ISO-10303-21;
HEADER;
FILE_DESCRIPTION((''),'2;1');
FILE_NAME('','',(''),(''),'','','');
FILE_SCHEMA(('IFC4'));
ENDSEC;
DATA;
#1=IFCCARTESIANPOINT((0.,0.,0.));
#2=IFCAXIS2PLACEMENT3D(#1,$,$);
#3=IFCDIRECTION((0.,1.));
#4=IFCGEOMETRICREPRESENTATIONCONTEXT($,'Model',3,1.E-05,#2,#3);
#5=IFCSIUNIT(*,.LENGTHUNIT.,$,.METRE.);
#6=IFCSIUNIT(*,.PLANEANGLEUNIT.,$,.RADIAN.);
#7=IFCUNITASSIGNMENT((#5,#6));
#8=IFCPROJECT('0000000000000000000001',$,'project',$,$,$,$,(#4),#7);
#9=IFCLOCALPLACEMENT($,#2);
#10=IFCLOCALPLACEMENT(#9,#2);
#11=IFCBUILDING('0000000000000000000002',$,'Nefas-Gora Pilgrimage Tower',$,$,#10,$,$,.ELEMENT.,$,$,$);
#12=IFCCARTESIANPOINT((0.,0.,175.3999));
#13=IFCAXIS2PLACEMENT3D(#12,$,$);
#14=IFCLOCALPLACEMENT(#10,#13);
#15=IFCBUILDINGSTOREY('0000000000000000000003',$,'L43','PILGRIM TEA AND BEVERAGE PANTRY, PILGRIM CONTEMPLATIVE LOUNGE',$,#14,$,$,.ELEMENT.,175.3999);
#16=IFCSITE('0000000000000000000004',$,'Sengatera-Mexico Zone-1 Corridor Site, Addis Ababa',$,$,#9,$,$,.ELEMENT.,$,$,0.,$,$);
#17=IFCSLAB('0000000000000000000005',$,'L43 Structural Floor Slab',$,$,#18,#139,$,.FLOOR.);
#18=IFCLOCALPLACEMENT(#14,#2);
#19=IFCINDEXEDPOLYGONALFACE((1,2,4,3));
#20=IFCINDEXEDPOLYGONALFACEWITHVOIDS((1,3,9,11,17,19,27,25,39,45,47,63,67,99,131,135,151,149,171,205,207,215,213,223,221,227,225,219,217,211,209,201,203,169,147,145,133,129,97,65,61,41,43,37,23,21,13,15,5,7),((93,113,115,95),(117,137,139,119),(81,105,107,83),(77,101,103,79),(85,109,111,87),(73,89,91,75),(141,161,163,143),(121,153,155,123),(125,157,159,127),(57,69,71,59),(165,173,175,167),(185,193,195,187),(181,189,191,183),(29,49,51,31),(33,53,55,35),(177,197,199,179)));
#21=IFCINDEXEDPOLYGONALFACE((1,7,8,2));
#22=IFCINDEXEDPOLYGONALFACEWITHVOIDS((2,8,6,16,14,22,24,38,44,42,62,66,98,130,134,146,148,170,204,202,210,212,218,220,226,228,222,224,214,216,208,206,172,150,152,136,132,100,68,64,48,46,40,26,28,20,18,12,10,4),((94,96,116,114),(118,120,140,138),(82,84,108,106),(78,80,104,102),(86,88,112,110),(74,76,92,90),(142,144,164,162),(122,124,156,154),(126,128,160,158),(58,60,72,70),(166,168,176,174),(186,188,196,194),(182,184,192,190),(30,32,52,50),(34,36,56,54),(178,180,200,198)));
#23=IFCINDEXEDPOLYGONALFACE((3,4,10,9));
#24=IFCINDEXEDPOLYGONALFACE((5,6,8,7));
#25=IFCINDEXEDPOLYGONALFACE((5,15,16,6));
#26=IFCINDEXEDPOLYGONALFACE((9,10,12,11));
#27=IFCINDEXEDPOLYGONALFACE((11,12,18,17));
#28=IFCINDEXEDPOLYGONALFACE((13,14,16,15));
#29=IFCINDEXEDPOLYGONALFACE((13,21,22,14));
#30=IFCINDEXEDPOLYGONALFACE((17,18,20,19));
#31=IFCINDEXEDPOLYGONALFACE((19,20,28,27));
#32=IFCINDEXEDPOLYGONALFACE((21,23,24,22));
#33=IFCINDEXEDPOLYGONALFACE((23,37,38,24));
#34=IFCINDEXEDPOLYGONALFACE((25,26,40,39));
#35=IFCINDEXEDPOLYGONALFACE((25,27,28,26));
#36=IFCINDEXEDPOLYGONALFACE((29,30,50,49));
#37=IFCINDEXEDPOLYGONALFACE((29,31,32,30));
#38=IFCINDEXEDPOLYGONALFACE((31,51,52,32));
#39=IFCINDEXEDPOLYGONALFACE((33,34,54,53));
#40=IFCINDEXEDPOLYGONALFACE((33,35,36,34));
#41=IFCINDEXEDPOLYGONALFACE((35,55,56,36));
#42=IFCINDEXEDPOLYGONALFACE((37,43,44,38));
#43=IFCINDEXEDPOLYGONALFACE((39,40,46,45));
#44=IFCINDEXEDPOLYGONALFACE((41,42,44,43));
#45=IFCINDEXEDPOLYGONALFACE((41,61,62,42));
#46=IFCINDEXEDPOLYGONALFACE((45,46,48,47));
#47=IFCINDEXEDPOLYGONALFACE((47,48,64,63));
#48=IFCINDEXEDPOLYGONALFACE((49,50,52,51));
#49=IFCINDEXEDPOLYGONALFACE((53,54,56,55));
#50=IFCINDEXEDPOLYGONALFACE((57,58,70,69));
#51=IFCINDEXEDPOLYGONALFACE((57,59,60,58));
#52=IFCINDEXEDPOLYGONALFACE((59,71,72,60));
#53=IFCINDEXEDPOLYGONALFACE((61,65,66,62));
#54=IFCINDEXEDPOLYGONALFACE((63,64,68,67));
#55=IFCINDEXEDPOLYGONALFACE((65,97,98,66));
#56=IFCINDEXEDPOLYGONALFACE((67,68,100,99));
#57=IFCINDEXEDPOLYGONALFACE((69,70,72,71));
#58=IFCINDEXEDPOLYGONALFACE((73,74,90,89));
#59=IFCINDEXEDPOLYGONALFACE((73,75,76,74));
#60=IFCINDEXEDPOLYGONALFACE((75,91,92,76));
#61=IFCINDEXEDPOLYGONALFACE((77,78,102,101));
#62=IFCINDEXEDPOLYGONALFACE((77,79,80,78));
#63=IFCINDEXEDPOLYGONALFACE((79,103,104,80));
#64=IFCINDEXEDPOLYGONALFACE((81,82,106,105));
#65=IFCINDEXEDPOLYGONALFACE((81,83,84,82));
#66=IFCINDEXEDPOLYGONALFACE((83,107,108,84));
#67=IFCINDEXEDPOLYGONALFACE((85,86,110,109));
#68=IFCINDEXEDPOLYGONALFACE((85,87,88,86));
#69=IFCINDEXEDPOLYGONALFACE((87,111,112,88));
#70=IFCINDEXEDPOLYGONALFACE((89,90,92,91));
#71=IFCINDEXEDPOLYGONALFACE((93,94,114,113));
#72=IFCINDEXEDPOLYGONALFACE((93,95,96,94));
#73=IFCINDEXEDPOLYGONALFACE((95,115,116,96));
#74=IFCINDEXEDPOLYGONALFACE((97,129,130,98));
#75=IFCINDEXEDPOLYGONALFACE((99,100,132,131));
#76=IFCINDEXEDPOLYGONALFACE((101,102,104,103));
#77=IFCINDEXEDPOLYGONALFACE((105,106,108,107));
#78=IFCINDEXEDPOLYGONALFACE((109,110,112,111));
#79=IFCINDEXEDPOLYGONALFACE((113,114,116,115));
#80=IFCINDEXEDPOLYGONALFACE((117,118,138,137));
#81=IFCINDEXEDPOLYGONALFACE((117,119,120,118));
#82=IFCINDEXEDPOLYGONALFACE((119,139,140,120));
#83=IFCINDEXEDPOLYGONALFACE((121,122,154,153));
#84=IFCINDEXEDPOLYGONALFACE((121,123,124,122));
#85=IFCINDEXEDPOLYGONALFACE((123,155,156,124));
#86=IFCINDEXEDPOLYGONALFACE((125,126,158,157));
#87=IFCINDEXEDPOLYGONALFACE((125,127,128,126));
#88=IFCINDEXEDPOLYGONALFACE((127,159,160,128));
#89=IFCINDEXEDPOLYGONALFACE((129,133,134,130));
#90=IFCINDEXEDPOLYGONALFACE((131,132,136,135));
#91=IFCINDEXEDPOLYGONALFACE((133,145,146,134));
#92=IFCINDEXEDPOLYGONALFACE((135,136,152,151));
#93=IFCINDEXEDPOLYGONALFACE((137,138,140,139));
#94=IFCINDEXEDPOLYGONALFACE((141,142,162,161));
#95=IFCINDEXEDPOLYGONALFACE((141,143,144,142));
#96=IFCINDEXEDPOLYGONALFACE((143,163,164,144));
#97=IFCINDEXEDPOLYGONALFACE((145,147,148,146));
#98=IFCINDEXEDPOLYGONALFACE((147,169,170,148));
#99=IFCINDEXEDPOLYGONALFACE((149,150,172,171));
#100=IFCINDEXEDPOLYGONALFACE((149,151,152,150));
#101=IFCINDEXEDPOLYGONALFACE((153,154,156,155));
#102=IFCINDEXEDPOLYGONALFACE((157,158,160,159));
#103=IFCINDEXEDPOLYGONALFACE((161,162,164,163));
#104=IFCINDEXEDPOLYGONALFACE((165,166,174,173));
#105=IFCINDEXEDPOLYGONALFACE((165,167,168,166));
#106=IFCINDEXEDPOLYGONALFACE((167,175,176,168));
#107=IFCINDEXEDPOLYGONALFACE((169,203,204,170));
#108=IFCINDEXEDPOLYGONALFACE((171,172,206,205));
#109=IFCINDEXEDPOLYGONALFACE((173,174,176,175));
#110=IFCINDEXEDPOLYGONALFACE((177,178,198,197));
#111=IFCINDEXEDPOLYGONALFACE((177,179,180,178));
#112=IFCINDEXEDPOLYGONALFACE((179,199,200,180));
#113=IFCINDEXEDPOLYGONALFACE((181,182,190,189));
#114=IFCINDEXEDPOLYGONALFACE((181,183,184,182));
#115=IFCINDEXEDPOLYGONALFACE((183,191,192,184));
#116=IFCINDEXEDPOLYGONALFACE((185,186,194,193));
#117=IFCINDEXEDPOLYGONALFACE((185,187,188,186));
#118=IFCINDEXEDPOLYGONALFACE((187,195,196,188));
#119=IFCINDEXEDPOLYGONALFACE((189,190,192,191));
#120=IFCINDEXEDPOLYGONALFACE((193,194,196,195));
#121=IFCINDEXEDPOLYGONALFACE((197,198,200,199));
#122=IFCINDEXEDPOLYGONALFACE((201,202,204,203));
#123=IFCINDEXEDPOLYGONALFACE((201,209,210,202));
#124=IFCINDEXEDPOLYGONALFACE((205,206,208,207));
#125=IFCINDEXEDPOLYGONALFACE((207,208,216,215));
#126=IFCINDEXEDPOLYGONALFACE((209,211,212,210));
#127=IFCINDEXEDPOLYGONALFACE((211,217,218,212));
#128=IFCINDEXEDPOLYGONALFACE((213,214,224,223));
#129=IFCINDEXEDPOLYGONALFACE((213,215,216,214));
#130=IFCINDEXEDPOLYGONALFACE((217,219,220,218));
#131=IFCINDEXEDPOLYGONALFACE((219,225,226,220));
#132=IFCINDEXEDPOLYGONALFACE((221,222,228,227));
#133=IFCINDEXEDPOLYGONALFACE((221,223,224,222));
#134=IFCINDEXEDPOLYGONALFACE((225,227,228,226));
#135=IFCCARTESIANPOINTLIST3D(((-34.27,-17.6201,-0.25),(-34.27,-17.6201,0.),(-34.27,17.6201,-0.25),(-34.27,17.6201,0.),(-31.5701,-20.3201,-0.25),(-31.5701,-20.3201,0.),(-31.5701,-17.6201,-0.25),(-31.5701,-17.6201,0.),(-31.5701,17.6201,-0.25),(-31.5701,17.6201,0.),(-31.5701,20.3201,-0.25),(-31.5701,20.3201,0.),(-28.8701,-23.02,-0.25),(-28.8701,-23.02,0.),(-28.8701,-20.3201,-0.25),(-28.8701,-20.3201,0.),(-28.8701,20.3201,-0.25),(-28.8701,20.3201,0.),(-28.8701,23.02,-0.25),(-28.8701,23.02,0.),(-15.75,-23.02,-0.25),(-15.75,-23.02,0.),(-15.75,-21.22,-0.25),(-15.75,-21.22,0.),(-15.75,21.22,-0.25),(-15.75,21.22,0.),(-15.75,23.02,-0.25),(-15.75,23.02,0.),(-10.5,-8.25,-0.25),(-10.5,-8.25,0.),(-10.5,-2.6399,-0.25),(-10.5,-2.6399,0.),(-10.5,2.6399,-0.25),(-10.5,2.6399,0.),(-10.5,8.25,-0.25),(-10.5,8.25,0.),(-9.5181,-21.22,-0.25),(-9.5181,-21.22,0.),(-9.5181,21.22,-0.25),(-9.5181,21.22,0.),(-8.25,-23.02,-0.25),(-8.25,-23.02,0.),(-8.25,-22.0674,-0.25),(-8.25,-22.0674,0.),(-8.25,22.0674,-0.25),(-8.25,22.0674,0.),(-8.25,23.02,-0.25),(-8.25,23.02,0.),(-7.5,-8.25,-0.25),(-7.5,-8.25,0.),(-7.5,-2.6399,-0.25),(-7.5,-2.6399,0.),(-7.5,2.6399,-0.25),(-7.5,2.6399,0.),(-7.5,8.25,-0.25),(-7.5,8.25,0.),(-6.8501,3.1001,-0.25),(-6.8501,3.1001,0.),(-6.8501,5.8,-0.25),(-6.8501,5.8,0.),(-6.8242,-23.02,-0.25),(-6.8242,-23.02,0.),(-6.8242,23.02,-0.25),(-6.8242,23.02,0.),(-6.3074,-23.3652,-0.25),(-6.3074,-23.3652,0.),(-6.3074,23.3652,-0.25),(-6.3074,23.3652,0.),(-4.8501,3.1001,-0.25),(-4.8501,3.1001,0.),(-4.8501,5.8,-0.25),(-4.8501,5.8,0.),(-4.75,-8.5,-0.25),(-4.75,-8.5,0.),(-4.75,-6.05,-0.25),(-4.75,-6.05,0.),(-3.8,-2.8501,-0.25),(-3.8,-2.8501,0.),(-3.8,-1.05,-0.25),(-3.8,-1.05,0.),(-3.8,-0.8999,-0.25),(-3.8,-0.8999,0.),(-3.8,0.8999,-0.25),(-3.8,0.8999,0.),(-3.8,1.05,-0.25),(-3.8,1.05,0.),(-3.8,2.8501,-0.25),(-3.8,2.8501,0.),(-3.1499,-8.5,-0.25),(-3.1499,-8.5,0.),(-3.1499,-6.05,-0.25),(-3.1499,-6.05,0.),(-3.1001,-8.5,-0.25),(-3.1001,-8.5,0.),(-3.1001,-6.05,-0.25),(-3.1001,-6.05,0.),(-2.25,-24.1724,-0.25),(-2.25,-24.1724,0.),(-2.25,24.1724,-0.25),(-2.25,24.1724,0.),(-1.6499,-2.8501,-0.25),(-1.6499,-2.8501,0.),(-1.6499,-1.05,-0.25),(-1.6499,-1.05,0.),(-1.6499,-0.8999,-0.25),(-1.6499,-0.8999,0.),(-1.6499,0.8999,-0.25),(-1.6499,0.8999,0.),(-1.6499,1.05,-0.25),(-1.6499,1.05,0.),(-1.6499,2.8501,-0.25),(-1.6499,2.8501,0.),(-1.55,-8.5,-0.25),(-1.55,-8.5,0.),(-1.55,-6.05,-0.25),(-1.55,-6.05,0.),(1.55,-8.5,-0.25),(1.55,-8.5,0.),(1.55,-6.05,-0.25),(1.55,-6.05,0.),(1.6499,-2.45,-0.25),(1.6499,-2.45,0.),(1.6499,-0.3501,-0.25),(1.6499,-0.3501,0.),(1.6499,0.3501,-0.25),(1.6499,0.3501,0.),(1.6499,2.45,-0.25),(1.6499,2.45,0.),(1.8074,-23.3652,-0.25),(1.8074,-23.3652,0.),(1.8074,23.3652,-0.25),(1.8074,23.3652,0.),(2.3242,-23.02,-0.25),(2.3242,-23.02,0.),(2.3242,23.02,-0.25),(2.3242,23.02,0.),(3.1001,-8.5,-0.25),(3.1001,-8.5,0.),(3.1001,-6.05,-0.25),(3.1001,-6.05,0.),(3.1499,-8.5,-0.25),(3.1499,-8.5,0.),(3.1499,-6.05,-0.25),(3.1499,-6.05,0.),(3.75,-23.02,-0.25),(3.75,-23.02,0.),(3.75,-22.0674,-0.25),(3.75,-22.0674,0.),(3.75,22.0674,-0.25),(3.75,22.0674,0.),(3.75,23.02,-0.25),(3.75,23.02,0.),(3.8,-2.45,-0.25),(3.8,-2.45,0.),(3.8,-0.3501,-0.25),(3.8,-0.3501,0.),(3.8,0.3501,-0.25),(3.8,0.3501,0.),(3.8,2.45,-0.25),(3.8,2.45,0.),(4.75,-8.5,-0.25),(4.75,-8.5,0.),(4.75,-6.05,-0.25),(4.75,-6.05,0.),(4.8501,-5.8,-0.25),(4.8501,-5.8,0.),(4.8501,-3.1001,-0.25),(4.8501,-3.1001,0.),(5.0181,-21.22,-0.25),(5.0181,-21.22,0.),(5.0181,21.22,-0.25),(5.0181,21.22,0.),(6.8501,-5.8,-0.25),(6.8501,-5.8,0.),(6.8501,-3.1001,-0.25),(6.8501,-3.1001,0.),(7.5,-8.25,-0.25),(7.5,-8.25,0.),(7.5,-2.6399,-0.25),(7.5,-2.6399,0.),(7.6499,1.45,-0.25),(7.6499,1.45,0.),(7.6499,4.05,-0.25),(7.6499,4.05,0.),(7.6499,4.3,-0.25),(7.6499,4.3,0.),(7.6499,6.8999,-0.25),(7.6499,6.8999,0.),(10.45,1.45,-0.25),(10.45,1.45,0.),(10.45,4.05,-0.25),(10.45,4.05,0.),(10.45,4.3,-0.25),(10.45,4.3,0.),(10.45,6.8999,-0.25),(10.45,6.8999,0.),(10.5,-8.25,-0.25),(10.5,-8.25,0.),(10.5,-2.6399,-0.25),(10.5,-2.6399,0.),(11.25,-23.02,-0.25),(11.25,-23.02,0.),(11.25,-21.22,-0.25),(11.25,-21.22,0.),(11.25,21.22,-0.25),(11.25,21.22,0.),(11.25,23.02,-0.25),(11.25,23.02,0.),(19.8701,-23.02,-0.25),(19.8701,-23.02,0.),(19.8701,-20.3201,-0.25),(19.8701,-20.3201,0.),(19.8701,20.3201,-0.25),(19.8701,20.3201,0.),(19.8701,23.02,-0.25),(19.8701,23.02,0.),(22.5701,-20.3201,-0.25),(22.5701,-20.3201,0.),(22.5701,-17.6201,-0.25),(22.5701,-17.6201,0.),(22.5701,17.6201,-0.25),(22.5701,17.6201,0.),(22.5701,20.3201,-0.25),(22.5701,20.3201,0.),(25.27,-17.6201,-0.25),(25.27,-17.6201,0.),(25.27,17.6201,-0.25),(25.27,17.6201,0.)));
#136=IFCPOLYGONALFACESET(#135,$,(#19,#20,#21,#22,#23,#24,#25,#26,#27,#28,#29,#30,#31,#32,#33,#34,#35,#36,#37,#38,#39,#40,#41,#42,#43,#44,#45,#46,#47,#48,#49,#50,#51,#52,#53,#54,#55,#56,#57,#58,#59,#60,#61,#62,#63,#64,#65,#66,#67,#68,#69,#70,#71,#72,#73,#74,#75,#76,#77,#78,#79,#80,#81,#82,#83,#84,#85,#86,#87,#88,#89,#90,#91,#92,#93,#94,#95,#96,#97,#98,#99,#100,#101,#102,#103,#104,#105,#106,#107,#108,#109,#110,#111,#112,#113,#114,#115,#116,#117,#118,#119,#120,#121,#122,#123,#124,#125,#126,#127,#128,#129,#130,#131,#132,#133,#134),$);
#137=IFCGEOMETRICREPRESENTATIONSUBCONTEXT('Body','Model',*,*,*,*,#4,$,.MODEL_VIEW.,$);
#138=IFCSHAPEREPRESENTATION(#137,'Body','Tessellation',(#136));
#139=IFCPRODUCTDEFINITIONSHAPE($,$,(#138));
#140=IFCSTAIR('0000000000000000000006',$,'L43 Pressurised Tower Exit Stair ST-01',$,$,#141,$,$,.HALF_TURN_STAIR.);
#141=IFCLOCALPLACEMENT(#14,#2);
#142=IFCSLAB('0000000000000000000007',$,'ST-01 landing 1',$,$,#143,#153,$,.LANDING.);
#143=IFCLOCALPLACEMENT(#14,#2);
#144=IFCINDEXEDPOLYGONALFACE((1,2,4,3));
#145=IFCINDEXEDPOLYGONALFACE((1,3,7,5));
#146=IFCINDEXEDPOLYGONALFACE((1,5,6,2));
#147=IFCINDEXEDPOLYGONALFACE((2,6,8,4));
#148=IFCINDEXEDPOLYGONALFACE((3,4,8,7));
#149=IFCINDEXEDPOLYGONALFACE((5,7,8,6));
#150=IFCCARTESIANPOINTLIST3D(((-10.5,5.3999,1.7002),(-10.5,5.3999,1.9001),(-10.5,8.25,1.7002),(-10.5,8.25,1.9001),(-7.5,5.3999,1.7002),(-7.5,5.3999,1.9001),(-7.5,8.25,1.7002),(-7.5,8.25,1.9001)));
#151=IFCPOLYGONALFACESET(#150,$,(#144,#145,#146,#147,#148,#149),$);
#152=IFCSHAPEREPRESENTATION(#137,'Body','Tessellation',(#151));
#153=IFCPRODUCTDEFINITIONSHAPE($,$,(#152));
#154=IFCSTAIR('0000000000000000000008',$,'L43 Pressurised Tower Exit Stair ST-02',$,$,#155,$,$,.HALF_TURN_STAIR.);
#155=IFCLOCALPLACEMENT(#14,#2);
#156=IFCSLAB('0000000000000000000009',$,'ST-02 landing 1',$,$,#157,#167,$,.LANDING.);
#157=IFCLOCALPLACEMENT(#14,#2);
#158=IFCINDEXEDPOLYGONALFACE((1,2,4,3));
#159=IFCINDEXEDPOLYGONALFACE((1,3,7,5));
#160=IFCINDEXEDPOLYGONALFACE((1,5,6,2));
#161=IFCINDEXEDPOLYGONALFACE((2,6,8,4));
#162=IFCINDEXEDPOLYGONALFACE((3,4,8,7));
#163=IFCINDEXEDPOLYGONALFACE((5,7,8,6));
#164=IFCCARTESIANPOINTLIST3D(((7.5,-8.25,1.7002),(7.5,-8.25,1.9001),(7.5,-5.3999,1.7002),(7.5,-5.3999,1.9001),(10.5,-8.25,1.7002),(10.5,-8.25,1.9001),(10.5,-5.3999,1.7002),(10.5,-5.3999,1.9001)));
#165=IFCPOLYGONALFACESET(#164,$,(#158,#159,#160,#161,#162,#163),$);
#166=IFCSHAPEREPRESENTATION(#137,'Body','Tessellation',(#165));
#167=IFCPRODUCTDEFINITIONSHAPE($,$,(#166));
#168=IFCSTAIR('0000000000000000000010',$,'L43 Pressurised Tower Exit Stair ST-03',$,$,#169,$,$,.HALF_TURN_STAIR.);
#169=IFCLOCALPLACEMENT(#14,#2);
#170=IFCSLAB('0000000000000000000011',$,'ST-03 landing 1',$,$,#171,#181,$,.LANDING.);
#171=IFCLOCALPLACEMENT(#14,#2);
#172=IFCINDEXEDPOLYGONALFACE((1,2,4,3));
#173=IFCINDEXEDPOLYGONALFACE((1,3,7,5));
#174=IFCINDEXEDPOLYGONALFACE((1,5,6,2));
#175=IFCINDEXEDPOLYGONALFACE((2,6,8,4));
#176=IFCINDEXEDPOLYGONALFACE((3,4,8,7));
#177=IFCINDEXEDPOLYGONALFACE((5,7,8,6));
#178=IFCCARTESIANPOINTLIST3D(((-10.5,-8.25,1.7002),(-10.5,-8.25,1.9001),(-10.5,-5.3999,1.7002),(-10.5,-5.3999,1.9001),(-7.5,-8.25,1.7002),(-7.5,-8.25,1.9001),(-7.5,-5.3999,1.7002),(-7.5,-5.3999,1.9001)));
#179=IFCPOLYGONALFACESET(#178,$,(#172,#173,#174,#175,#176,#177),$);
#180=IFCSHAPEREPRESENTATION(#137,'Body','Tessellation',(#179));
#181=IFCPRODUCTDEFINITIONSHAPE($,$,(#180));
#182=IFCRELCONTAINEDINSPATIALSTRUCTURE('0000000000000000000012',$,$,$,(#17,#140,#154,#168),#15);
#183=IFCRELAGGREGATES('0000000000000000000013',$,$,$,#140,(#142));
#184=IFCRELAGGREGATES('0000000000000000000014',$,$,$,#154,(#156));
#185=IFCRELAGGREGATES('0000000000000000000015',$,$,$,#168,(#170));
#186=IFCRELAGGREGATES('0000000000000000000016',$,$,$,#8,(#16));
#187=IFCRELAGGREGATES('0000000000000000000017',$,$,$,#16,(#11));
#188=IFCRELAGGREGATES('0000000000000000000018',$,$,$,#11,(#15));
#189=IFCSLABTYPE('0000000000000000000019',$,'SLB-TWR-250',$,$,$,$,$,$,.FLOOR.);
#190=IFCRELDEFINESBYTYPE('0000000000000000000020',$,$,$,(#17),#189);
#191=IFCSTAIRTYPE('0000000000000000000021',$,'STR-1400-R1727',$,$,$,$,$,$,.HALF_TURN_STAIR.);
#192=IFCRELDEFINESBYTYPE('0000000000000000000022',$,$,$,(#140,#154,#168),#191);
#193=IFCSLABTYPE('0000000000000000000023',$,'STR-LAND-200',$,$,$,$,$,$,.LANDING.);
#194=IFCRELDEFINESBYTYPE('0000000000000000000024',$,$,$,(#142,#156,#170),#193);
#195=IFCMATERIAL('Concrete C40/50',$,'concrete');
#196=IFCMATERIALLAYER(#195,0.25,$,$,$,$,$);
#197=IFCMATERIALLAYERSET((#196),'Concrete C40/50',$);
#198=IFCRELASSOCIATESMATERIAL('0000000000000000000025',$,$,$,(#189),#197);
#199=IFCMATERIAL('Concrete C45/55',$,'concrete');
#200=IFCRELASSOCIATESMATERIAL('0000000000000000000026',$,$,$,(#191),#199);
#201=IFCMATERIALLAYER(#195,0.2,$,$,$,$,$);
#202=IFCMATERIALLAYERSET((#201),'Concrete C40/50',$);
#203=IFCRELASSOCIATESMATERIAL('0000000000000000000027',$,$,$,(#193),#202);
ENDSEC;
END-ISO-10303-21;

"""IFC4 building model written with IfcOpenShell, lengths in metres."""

from ifc_helpers import new_model, si_unit, direction, frame, origin, place, context, subcontext, project, spatial, polyline, outline, extrude, material, layer, layer_set, type_object, element, aggregate, save


model = new_model("IFC4")

# Units and contexts
model_context = context("Model", 3, precision=1e-05, world=origin(), true_north=direction((0.0, 1.0)))
body_context = subcontext(model_context, "Body", "Model", "MODEL_VIEW")
ifc_project = project(units=[si_unit("LENGTHUNIT", "METRE"), si_unit("PLANEANGLEUNIT", "RADIAN")], contexts=[model_context])

# Site, building, storey
site_placement = place(None, origin())
site = spatial("IfcSite", under=ifc_project, at=site_placement, Name="Sengatera-Mexico Zone-1 Corridor Site, Addis Ababa", CompositionType="ELEMENT", RefElevation=0.0)
building_placement = place(site_placement, origin())
building = spatial("IfcBuilding", under=site, at=building_placement, Name="Nefas-Gora Pilgrimage Tower", CompositionType="ELEMENT")
storey_placement = place(building_placement, frame((0.0, 0.0, 175.3999)))
storey = spatial("IfcBuildingStorey", under=building, at=storey_placement, Name="L43", Description="PILGRIM TEA AND BEVERAGE PANTRY, PILGRIM CONTEMPLATIVE LOUNGE", CompositionType="ELEMENT", Elevation=175.3999)

# Slab
ifc_material_1 = material(Name="Concrete C40/50", Category="concrete")
ifc_layer_1 = layer(ifc_material_1, 0.25)
ifc_layer_set_1 = layer_set([ifc_layer_1], Name="Concrete C40/50")
slab_type_1 = type_object("IfcSlabType", Name="SLB-TWR-250", PredefinedType="FLOOR", material=ifc_layer_set_1)
slab_1_placement = place(storey_placement, frame((0.0, 0.0, -0.25)))
element("IfcSlab", 1, at=slab_1_placement, inside=storey, type_object=slab_type_1, Name="L43 Structural Floor Slab", PredefinedType="FLOOR", context=body_context, shape_type="SweptSolid", body=[
    extrude(outline(polyline([(5.0181, -21.22), (11.25, -21.22), (11.25, -23.02), (19.8701, -23.02), (19.8701, -20.3201), (22.5701, -20.3201), (22.5701, -17.6201), (25.27, -17.6201), (25.27, 17.6201), (22.5701, 17.6201), (22.5701, 20.3201), (19.8701, 20.3201), (19.8701, 23.02), (11.25, 23.02), (11.25, 21.22), (5.0181, 21.22), (3.75, 22.0674), (3.75, 23.02), (2.3242, 23.02), (1.8074, 23.3652), (-2.25, 24.1724), (-6.3074, 23.3652), (-6.8242, 23.02), (-8.25, 23.02), (-8.25, 22.0674), (-9.5181, 21.22), (-15.75, 21.22), (-15.75, 23.02), (-28.8701, 23.02), (-28.8701, 20.3201), (-31.5701, 20.3201), (-31.5701, 17.6201), (-34.27, 17.6201), (-34.27, -17.6201), (-31.5701, -17.6201), (-31.5701, -20.3201), (-28.8701, -20.3201), (-28.8701, -23.02), (-15.75, -23.02), (-15.75, -21.22), (-9.5181, -21.22), (-8.25, -22.0674), (-8.25, -23.02), (-6.8242, -23.02), (-6.3074, -23.3652), (-2.25, -24.1724), (1.8074, -23.3652), (2.3242, -23.02), (3.75, -23.02), (3.75, -22.0674), (5.0181, -21.22)]), holes=[polyline([(-10.5, 2.6399), (-10.5, 8.25), (-7.5, 8.25), (-7.5, 2.6399), (-10.5, 2.6399)]), polyline([(10.5, -2.6399), (10.5, -8.25), (7.5, -8.25), (7.5, -2.6399), (10.5, -2.6399)]), polyline([(-7.5, -2.6399), (-7.5, -8.25), (-10.5, -8.25), (-10.5, -2.6399), (-7.5, -2.6399)]), polyline([(-6.8501, 5.8), (-4.8501, 5.8), (-4.8501, 3.1001), (-6.8501, 3.1001), (-6.8501, 5.8)]), polyline([(4.8501, -3.1001), (6.8501, -3.1001), (6.8501, -5.8), (4.8501, -5.8), (4.8501, -3.1001)]), polyline([(7.6499, 4.05), (10.45, 4.05), (10.45, 1.45), (7.6499, 1.45), (7.6499, 4.05)]), polyline([(7.6499, 6.8999), (10.45, 6.8999), (10.45, 4.3), (7.6499, 4.3), (7.6499, 6.8999)]), polyline([(-4.75, -6.05), (-3.1499, -6.05), (-3.1499, -8.5), (-4.75, -8.5), (-4.75, -6.05)]), polyline([(-3.1001, -6.05), (-1.55, -6.05), (-1.55, -8.5), (-3.1001, -8.5), (-3.1001, -6.05)]), polyline([(1.55, -6.05), (3.1001, -6.05), (3.1001, -8.5), (1.55, -8.5), (1.55, -6.05)]), polyline([(3.1499, -6.05), (4.75, -6.05), (4.75, -8.5), (3.1499, -8.5), (3.1499, -6.05)]), polyline([(-3.8, -1.05), (-1.6499, -1.05), (-1.6499, -2.8501), (-3.8, -2.8501), (-3.8, -1.05)]), polyline([(-3.8, 0.8999), (-1.6499, 0.8999), (-1.6499, -0.8999), (-3.8, -0.8999), (-3.8, 0.8999)]), polyline([(-3.8, 2.8501), (-1.6499, 2.8501), (-1.6499, 1.05), (-3.8, 1.05), (-3.8, 2.8501)]), polyline([(1.6499, -0.3501), (3.8, -0.3501), (3.8, -2.45), (1.6499, -2.45), (1.6499, -0.3501)]), polyline([(1.6499, 2.45), (3.8, 2.45), (3.8, 0.3501), (1.6499, 0.3501), (1.6499, 2.45)])]), origin(), (0.0, 0.0, 1.0), 0.25),
])

# Stairs, slabs
ifc_material_2 = material(Name="Concrete C45/55", Category="concrete")
stair_type = type_object("IfcStairType", Name="STR-1400-R1727", PredefinedType="HALF_TURN_STAIR", material=ifc_material_2)
stair_1_placement = place(storey_placement, origin())
stair_1 = element("IfcStair", 2, at=stair_1_placement, inside=storey, type_object=stair_type, Name="L43 Pressurised Tower Exit Stair ST-01", PredefinedType="HALF_TURN_STAIR")
ifc_layer_2 = layer(ifc_material_1, 0.2)
ifc_layer_set_2 = layer_set([ifc_layer_2], Name="Concrete C40/50")
slab_type_2 = type_object("IfcSlabType", Name="STR-LAND-200", PredefinedType="LANDING", material=ifc_layer_set_2)
slab_2_placement = place(storey_placement, frame((0.0, 0.0, 1.7002)))
slab_2 = element("IfcSlab", 3, at=slab_2_placement, type_object=slab_type_2, Name="ST-01 landing 1", PredefinedType="LANDING", context=body_context, shape_type="SweptSolid", body=[
    extrude(outline(polyline([(-7.5, 5.3999), (-7.5, 8.25), (-10.5, 8.25), (-10.5, 5.3999), (-7.5, 5.3999)])), origin(), (0.0, 0.0, 1.0), 0.2),
])
aggregate(stair_1, [slab_2])
stair_2_placement = place(storey_placement, origin())
stair_2 = element("IfcStair", 4, at=stair_2_placement, inside=storey, type_object=stair_type, Name="L43 Pressurised Tower Exit Stair ST-02", PredefinedType="HALF_TURN_STAIR")
slab_3_placement = place(storey_placement, frame((0.0, 0.0, 1.7002)))
slab_3 = element("IfcSlab", 5, at=slab_3_placement, type_object=slab_type_2, Name="ST-02 landing 1", PredefinedType="LANDING", context=body_context, shape_type="SweptSolid", body=[
    extrude(outline(polyline([(7.5, -5.3999), (7.5, -8.25), (10.5, -8.25), (10.5, -5.3999), (7.5, -5.3999)])), origin(), (0.0, 0.0, 1.0), 0.2),
])
aggregate(stair_2, [slab_3])
stair_3_placement = place(storey_placement, origin())
stair_3 = element("IfcStair", 6, at=stair_3_placement, inside=storey, type_object=stair_type, Name="L43 Pressurised Tower Exit Stair ST-03", PredefinedType="HALF_TURN_STAIR")
slab_4_placement = place(storey_placement, frame((0.0, 0.0, 1.7002)))
slab_4 = element("IfcSlab", 7, at=slab_4_placement, type_object=slab_type_2, Name="ST-03 landing 1", PredefinedType="LANDING", context=body_context, shape_type="SweptSolid", body=[
    extrude(outline(polyline([(-10.5, -5.3999), (-10.5, -8.25), (-7.5, -8.25), (-7.5, -5.3999), (-10.5, -5.3999)])), origin(), (0.0, 0.0, 1.0), 0.2),
])
aggregate(stair_3, [slab_4])

save(model, "model.ifc")
